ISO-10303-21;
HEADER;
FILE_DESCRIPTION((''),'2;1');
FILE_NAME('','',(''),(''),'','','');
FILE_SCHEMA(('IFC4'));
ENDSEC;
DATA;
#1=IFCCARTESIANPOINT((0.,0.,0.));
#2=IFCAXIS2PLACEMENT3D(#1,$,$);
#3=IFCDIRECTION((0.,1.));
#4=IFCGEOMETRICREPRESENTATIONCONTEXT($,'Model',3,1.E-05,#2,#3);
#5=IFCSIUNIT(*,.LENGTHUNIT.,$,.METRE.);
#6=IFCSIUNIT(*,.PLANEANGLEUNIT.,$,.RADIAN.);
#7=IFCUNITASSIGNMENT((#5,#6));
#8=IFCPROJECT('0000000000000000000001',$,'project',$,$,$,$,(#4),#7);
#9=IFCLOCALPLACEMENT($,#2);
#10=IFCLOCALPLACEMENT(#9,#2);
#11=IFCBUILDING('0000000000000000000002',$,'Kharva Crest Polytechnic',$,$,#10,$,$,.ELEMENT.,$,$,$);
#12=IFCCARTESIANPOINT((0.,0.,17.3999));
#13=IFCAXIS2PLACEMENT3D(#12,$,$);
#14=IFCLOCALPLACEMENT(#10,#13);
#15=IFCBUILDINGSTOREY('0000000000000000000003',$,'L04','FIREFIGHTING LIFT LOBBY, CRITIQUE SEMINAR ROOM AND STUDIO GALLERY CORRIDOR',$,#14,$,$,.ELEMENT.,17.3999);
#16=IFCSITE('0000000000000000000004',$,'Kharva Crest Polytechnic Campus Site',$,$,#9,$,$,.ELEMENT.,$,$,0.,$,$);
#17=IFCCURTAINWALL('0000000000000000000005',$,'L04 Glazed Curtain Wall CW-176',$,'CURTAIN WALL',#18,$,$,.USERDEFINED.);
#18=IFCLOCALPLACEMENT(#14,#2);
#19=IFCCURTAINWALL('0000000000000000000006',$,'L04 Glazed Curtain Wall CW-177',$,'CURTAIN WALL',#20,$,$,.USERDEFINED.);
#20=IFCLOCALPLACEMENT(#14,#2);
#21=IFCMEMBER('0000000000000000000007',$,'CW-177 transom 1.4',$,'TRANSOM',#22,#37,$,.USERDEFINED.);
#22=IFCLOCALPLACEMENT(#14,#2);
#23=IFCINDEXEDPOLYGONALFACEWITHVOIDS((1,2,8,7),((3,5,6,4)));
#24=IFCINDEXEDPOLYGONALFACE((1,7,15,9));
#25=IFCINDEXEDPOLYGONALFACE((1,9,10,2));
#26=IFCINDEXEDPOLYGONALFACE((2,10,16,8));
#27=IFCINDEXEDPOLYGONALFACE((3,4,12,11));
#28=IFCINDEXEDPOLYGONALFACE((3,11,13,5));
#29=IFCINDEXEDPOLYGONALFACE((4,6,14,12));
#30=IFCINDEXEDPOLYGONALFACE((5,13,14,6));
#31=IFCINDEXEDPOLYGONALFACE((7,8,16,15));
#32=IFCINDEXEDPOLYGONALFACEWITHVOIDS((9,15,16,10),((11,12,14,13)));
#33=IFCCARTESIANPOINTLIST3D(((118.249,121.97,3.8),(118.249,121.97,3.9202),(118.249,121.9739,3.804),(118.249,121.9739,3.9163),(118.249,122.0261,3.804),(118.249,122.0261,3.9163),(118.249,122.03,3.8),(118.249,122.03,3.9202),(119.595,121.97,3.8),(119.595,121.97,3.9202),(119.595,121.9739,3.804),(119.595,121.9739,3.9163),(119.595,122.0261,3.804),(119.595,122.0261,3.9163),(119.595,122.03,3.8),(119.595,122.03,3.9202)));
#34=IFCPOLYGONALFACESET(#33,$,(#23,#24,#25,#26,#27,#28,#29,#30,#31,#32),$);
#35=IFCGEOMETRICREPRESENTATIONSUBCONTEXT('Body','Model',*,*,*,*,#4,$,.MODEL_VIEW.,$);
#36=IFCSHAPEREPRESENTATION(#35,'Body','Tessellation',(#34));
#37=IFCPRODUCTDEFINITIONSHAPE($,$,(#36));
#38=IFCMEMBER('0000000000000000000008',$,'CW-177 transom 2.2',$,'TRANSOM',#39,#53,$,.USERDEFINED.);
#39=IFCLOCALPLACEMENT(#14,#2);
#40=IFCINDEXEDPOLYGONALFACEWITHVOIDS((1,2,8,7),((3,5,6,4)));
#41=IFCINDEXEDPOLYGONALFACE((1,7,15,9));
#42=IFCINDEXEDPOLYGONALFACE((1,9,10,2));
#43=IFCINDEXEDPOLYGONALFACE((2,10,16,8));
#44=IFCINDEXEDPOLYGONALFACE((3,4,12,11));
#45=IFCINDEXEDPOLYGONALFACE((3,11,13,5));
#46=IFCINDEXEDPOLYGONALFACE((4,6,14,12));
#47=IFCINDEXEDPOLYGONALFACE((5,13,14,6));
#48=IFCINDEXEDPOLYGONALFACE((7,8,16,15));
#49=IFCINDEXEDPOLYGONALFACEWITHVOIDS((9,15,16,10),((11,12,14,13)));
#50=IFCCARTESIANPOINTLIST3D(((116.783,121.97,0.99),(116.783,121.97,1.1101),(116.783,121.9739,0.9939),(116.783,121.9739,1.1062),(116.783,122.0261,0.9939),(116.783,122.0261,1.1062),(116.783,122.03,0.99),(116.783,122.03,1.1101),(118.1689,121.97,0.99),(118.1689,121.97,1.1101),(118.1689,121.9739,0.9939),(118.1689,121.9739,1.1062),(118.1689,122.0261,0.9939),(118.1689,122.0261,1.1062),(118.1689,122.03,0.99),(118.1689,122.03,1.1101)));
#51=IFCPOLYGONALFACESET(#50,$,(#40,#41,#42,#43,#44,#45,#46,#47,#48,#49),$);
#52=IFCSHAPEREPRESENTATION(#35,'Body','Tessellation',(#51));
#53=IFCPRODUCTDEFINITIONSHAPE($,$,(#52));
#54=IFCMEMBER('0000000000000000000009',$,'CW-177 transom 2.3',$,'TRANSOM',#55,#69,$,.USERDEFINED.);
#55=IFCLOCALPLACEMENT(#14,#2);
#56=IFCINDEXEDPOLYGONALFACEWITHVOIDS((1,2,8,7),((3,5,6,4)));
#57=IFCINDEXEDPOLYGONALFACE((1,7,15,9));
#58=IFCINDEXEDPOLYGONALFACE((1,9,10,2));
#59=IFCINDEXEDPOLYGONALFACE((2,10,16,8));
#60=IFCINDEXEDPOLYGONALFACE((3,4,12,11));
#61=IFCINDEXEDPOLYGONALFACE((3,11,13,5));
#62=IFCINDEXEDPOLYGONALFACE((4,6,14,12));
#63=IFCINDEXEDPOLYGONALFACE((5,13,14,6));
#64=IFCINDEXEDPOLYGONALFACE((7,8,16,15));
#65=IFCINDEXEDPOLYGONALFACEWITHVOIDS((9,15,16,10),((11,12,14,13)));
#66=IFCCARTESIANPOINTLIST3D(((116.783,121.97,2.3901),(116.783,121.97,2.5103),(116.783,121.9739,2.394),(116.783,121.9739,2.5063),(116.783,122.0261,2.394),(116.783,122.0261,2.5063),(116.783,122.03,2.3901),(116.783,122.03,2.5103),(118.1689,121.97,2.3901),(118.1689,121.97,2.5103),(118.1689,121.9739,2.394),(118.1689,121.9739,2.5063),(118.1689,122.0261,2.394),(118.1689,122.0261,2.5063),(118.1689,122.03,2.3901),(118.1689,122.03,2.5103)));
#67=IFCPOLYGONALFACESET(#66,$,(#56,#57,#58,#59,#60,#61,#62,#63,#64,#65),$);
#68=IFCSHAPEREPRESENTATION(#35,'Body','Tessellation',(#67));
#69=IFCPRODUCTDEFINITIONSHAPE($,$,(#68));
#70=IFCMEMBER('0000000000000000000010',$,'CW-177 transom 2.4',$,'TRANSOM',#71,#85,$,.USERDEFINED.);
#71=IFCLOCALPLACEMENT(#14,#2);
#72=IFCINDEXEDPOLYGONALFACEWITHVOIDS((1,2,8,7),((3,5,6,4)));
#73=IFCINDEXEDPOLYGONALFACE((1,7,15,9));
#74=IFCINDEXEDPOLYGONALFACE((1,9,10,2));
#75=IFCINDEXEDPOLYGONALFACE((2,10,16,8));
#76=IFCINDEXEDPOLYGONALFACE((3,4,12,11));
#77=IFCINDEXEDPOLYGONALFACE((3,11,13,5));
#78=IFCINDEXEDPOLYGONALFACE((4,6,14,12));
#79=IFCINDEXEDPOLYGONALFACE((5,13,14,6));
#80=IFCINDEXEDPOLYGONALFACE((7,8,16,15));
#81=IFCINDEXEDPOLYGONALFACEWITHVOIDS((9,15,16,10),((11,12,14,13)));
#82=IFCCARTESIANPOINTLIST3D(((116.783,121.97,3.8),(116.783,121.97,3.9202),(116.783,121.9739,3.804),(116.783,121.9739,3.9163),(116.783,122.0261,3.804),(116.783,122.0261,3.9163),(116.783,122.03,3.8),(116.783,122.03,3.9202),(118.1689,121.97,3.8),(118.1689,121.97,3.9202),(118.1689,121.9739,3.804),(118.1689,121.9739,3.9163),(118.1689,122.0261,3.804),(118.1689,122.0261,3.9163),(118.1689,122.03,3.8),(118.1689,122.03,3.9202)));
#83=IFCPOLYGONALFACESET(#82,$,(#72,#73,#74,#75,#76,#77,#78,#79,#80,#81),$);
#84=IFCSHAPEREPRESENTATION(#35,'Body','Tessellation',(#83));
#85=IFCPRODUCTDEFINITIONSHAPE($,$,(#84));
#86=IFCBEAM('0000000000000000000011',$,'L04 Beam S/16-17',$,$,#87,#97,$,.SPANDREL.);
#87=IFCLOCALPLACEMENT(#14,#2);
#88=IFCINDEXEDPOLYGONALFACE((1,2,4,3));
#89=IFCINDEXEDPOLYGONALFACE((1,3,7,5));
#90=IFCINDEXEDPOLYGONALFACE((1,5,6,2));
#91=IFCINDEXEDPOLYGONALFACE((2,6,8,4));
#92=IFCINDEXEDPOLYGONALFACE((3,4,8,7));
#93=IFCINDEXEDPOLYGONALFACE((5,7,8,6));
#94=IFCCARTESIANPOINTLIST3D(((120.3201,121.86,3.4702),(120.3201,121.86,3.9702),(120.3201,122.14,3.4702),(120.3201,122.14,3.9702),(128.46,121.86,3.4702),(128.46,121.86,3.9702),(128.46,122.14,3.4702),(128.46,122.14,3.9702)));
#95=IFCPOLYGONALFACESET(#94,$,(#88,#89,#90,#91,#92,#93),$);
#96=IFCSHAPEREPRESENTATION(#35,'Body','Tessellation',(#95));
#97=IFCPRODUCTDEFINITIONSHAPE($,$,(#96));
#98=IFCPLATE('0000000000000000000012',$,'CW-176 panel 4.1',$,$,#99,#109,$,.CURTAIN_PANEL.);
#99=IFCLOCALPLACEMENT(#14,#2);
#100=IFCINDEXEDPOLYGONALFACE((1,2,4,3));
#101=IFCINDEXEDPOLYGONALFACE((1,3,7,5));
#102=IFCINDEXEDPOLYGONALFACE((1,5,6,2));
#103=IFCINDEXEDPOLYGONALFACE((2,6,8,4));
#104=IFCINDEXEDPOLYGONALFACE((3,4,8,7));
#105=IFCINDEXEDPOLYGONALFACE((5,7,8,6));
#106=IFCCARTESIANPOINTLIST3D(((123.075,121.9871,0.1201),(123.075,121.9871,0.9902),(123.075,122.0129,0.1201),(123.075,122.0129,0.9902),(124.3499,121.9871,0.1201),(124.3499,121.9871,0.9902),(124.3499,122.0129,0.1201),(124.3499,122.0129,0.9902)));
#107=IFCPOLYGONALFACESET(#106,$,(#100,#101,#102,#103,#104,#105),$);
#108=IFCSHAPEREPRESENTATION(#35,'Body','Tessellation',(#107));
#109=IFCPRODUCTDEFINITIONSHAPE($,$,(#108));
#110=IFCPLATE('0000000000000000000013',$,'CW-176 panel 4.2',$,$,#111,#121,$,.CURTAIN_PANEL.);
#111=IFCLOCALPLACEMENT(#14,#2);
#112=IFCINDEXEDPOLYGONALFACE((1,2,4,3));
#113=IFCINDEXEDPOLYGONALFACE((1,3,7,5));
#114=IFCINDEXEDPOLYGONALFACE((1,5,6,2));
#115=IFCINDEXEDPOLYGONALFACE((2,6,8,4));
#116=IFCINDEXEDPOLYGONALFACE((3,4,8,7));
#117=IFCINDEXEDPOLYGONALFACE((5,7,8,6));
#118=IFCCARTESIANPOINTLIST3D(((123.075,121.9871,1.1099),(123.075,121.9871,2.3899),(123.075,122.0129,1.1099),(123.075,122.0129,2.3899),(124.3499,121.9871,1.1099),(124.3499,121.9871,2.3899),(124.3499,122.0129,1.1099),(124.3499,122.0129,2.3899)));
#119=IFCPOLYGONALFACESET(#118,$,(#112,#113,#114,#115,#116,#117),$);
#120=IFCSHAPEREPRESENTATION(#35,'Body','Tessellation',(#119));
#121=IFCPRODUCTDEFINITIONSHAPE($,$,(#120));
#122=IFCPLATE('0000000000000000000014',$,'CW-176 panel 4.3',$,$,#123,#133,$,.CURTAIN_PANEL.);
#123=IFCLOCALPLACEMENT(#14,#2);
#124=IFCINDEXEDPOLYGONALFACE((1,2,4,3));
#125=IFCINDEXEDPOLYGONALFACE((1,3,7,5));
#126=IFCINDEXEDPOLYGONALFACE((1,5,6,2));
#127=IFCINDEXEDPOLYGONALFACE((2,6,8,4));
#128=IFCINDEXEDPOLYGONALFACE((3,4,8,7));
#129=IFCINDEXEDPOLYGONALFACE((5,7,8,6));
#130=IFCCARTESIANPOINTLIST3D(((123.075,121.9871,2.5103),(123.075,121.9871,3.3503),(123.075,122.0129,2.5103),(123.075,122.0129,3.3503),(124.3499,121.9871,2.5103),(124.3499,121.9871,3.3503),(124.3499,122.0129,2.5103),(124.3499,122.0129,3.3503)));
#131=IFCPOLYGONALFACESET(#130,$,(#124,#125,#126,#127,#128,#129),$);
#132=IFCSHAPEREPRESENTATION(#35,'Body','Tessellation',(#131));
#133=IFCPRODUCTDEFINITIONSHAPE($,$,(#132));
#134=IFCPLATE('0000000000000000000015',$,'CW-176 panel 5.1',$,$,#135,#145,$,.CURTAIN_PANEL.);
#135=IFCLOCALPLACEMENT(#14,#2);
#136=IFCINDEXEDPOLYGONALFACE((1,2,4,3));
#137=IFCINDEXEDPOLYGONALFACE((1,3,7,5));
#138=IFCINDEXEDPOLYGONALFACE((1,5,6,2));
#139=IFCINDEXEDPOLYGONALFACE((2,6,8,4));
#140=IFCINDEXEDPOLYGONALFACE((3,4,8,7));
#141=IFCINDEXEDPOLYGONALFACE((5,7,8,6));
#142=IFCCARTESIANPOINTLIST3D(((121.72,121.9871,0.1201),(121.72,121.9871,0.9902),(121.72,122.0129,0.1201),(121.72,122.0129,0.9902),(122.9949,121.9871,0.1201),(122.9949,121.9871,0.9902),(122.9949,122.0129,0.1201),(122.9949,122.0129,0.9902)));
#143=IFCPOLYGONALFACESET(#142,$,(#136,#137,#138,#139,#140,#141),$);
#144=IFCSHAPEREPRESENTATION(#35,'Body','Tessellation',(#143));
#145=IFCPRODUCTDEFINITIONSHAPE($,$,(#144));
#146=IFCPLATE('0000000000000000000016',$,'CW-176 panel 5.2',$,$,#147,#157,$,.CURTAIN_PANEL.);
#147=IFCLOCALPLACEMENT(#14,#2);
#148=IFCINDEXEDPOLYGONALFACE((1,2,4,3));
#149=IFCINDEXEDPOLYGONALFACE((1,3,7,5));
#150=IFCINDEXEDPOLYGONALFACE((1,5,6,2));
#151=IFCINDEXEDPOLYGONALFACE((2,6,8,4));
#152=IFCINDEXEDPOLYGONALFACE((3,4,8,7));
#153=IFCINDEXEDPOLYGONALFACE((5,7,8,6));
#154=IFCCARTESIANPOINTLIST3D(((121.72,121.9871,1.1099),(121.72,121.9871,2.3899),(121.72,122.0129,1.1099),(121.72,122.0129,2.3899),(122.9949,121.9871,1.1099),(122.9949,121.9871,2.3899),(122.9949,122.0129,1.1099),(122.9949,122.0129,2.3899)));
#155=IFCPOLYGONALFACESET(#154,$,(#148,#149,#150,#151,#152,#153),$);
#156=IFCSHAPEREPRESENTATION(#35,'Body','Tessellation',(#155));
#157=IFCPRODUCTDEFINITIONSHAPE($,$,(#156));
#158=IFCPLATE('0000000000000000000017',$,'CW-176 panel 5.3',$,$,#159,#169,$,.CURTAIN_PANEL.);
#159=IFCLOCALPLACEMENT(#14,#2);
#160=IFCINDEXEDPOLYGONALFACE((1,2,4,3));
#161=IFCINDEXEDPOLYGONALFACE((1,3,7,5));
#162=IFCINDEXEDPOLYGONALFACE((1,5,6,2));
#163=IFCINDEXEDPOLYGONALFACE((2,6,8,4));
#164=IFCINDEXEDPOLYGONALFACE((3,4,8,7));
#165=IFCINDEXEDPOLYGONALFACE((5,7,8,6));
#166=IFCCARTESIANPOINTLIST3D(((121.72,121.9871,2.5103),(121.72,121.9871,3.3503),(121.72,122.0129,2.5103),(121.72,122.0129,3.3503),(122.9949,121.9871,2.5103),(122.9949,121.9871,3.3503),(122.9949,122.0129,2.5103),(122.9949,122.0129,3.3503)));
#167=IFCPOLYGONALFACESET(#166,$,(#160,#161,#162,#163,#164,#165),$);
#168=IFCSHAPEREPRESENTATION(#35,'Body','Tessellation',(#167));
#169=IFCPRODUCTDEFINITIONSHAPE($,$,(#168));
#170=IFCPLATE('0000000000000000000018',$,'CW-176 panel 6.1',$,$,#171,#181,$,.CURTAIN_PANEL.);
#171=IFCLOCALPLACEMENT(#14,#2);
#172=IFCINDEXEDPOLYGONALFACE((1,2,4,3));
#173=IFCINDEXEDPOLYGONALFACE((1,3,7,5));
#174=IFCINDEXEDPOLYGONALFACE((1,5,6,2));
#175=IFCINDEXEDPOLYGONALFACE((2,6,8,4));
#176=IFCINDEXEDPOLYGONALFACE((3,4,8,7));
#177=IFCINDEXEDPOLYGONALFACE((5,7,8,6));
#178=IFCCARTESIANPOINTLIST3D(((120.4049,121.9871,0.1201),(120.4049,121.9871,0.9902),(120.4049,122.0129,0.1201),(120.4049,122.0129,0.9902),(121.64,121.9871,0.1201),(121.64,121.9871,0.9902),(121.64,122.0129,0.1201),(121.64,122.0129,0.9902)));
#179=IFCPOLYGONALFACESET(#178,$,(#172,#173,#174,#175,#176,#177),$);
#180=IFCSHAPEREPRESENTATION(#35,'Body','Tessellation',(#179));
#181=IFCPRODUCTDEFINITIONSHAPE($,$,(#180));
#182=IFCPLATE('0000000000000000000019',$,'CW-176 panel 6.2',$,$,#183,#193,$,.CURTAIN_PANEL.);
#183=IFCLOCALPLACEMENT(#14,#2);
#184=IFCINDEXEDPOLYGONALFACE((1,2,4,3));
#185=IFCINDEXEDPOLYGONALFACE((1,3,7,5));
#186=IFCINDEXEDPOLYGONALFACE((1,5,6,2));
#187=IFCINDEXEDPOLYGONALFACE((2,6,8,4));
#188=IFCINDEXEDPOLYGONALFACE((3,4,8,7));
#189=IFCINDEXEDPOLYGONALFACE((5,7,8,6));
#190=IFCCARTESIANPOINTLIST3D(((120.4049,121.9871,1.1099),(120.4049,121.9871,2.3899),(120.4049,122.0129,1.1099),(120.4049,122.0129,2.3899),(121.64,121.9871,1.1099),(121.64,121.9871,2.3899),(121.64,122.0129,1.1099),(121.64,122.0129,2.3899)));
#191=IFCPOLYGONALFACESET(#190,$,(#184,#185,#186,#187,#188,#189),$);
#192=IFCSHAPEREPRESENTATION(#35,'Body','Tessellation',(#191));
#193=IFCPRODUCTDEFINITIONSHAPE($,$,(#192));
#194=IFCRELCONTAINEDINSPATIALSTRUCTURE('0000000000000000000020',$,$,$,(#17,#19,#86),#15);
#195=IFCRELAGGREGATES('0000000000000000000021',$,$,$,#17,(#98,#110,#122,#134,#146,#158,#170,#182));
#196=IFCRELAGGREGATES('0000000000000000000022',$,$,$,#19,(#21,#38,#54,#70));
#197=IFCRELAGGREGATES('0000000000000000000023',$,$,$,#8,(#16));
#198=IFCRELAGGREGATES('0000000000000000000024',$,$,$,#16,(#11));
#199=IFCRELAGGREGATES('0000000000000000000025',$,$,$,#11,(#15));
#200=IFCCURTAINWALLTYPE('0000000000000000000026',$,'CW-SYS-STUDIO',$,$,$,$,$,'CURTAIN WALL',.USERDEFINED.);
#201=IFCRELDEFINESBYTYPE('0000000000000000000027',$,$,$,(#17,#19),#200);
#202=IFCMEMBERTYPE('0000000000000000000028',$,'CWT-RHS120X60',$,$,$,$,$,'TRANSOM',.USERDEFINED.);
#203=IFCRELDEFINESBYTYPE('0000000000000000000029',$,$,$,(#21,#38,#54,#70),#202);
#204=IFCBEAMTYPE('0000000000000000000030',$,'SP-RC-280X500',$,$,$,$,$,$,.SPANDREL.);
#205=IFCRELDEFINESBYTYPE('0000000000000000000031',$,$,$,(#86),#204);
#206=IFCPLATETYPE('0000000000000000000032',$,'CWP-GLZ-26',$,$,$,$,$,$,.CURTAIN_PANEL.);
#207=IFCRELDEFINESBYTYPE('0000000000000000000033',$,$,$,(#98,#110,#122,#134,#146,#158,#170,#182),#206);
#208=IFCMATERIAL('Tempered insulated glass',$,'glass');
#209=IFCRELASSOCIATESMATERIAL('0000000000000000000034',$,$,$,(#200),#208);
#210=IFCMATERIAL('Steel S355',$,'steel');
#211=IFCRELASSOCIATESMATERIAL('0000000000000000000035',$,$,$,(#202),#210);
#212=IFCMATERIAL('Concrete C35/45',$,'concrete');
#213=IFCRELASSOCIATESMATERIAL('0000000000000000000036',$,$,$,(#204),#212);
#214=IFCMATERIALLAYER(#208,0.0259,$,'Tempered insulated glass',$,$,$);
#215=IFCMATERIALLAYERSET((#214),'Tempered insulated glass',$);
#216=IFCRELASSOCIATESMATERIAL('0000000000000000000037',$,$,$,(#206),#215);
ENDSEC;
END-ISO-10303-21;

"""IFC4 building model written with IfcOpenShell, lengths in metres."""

from ifc_helpers import new_model, si_unit, direction, frame, origin, origin_2d, place, context, subcontext, project, spatial, rectangle, hollow_rectangle, extrude, material, layer, layer_set, material_profile, profile_set, type_object, element, aggregate, save


model = new_model("IFC4")

# Units and contexts
model_context = context("Model", 3, precision=1e-05, world=origin(), true_north=direction((0.0, 1.0)))
body_context = subcontext(model_context, "Body", "Model", "MODEL_VIEW")
ifc_project = project(units=[si_unit("LENGTHUNIT", "METRE"), si_unit("PLANEANGLEUNIT", "RADIAN")], contexts=[model_context])

# Site, building, storey
site_placement = place(None, origin())
site = spatial("IfcSite", under=ifc_project, at=site_placement, Name="Kharva Crest Polytechnic Campus Site", CompositionType="ELEMENT", RefElevation=0.0)
building_placement = place(site_placement, origin())
building = spatial("IfcBuilding", under=site, at=building_placement, Name="Kharva Crest Polytechnic", CompositionType="ELEMENT")
storey_placement = place(building_placement, frame((0.0, 0.0, 17.3999)))
storey = spatial("IfcBuildingStorey", under=building, at=storey_placement, Name="L04", Description="FIREFIGHTING LIFT LOBBY, CRITIQUE SEMINAR ROOM AND STUDIO GALLERY CORRIDOR", CompositionType="ELEMENT", Elevation=17.3999)

# Curtain walls
ifc_material_1 = material(Name="Tempered insulated glass", Category="glass")
curtain_wall_type = type_object("IfcCurtainWallType", Name="CW-SYS-STUDIO", ElementType="CURTAIN WALL", PredefinedType="USERDEFINED", material=ifc_material_1)
curtain_wall_1_placement = place(storey_placement, origin())
curtain_wall_1 = element("IfcCurtainWall", 1, at=curtain_wall_1_placement, inside=storey, type_object=curtain_wall_type, Name="L04 Glazed Curtain Wall CW-176", ObjectType="CURTAIN WALL", PredefinedType="USERDEFINED")
ifc_material_2 = material(Name="Steel S355", Category="steel")
curtain_wall_2_placement = place(storey_placement, origin())
curtain_wall_2 = element("IfcCurtainWall", 2, at=curtain_wall_2_placement, inside=storey, type_object=curtain_wall_type, Name="L04 Glazed Curtain Wall CW-177", ObjectType="CURTAIN WALL", PredefinedType="USERDEFINED")

# Members
ifc_material_profile_1 = material_profile(ifc_material_2, hollow_rectangle(XDim=0.0601, YDim=0.1201, WallThickness=0.0039, at=origin_2d()), Name="RHS 120X60X4.0")
ifc_profile_set_1 = profile_set([ifc_material_profile_1], Name="Steel S355")
member_type_1 = type_object("IfcMemberType", Name="CWT-RHS120X60", ElementType="TRANSOM", PredefinedType="USERDEFINED", material=ifc_profile_set_1)
member_1_placement = place(storey_placement, frame((119.595, 122.0, 3.8601), z_axis=(-1.0, 0.0, 0.0), x_axis=(0.0, -1.0, 0.0)))
member_1 = element("IfcMember", 3, at=member_1_placement, type_object=member_type_1, Name="CW-177 transom 1.4", ObjectType="TRANSOM", PredefinedType="USERDEFINED", context=body_context, shape_type="SweptSolid", body=[
    extrude(hollow_rectangle(XDim=0.0601, YDim=0.1201, WallThickness=0.0039, at=origin_2d()), origin(), (0.0, 0.0, 1.0), 1.3459),
])
member_2_placement = place(storey_placement, frame((118.1689, 122.0, 1.05), z_axis=(-1.0, 0.0, 0.0), x_axis=(0.0, -1.0, 0.0)))
member_2 = element("IfcMember", 4, at=member_2_placement, type_object=member_type_1, Name="CW-177 transom 2.2", ObjectType="TRANSOM", PredefinedType="USERDEFINED", context=body_context, shape_type="SweptSolid", body=[
    extrude(hollow_rectangle(XDim=0.0601, YDim=0.1201, WallThickness=0.0039, at=origin_2d()), origin(), (0.0, 0.0, 1.0), 1.386),
])
member_3_placement = place(storey_placement, frame((118.1689, 122.0, 2.4502), z_axis=(-1.0, 0.0, 0.0), x_axis=(0.0, -1.0, 0.0)))
member_3 = element("IfcMember", 5, at=member_3_placement, type_object=member_type_1, Name="CW-177 transom 2.3", ObjectType="TRANSOM", PredefinedType="USERDEFINED", context=body_context, shape_type="SweptSolid", body=[
    extrude(hollow_rectangle(XDim=0.0601, YDim=0.1201, WallThickness=0.0039, at=origin_2d()), origin(), (0.0, 0.0, 1.0), 1.386),
])
member_4_placement = place(storey_placement, frame((118.1689, 122.0, 3.8601), z_axis=(-1.0, 0.0, 0.0), x_axis=(0.0, -1.0, 0.0)))
member_4 = element("IfcMember", 6, at=member_4_placement, type_object=member_type_1, Name="CW-177 transom 2.4", ObjectType="TRANSOM", PredefinedType="USERDEFINED", context=body_context, shape_type="SweptSolid", body=[
    extrude(hollow_rectangle(XDim=0.0601, YDim=0.1201, WallThickness=0.0039, at=origin_2d()), origin(), (0.0, 0.0, 1.0), 1.386),
])

# Beam
ifc_material_3 = material(Name="Concrete C35/45", Category="concrete")
ifc_material_profile_2 = material_profile(ifc_material_3, rectangle(XDim=0.28, YDim=0.5, at=origin_2d()), Name="RECT 280 X 500")
ifc_profile_set_2 = profile_set([ifc_material_profile_2], Name="Concrete C35/45")
beam_type = type_object("IfcBeamType", Name="SP-RC-280X500", PredefinedType="SPANDREL", material=ifc_profile_set_2)
beam_placement = place(storey_placement, frame((120.3201, 122.0, 3.7202), z_axis=(1.0, 0.0, 0.0), x_axis=(0.0, 1.0, 0.0)))
element("IfcBeam", 7, at=beam_placement, inside=storey, type_object=beam_type, Name="L04 Beam S/16-17", PredefinedType="SPANDREL", context=body_context, shape_type="SweptSolid", body=[
    extrude(rectangle(XDim=0.28, YDim=0.5, at=origin_2d()), origin(), (0.0, 0.0, 1.0), 8.1399),
])

# Plates
ifc_layer = layer(ifc_material_1, 0.0259, Name="Tempered insulated glass")
ifc_layer_set = layer_set([ifc_layer], Name="Tempered insulated glass")
plate_type = type_object("IfcPlateType", Name="CWP-GLZ-26", PredefinedType="CURTAIN_PANEL", material=ifc_layer_set)
plate_1_placement = place(storey_placement, frame((123.7124, 122.0, 0.1201), z_axis=(0.0, 0.0, 1.0), x_axis=(-1.0, 0.0, 0.0)))
plate_1 = element("IfcPlate", 8, at=plate_1_placement, type_object=plate_type, Name="CW-176 panel 4.1", PredefinedType="CURTAIN_PANEL", context=body_context, shape_type="SweptSolid", body=[
    extrude(rectangle(XDim=1.2749, YDim=0.0259, at=origin_2d()), origin(), (0.0, 0.0, 1.0), 0.8701),
])
plate_2_placement = place(storey_placement, frame((123.7124, 122.0, 1.1099), z_axis=(0.0, 0.0, 1.0), x_axis=(-1.0, 0.0, 0.0)))
plate_2 = element("IfcPlate", 9, at=plate_2_placement, type_object=plate_type, Name="CW-176 panel 4.2", PredefinedType="CURTAIN_PANEL", context=body_context, shape_type="SweptSolid", body=[
    extrude(rectangle(XDim=1.2749, YDim=0.0259, at=origin_2d()), origin(), (0.0, 0.0, 1.0), 1.28),
])
plate_3_placement = place(storey_placement, frame((123.7124, 122.0, 2.5103), z_axis=(0.0, 0.0, 1.0), x_axis=(-1.0, 0.0, 0.0)))
plate_3 = element("IfcPlate", 10, at=plate_3_placement, type_object=plate_type, Name="CW-176 panel 4.3", PredefinedType="CURTAIN_PANEL", context=body_context, shape_type="SweptSolid", body=[
    extrude(rectangle(XDim=1.2749, YDim=0.0259, at=origin_2d()), origin(), (0.0, 0.0, 1.0), 0.8401),
])
plate_4_placement = place(storey_placement, frame((122.3574, 122.0, 0.1201), z_axis=(0.0, 0.0, 1.0), x_axis=(-1.0, 0.0, 0.0)))
plate_4 = element("IfcPlate", 11, at=plate_4_placement, type_object=plate_type, Name="CW-176 panel 5.1", PredefinedType="CURTAIN_PANEL", context=body_context, shape_type="SweptSolid", body=[
    extrude(rectangle(XDim=1.2749, YDim=0.0259, at=origin_2d()), origin(), (0.0, 0.0, 1.0), 0.8701),
])
plate_5_placement = place(storey_placement, frame((122.3574, 122.0, 1.1099), z_axis=(0.0, 0.0, 1.0), x_axis=(-1.0, 0.0, 0.0)))
plate_5 = element("IfcPlate", 12, at=plate_5_placement, type_object=plate_type, Name="CW-176 panel 5.2", PredefinedType="CURTAIN_PANEL", context=body_context, shape_type="SweptSolid", body=[
    extrude(rectangle(XDim=1.2749, YDim=0.0259, at=origin_2d()), origin(), (0.0, 0.0, 1.0), 1.28),
])
plate_6_placement = place(storey_placement, frame((122.3574, 122.0, 2.5103), z_axis=(0.0, 0.0, 1.0), x_axis=(-1.0, 0.0, 0.0)))
plate_6 = element("IfcPlate", 13, at=plate_6_placement, type_object=plate_type, Name="CW-176 panel 5.3", PredefinedType="CURTAIN_PANEL", context=body_context, shape_type="SweptSolid", body=[
    extrude(rectangle(XDim=1.2749, YDim=0.0259, at=origin_2d()), origin(), (0.0, 0.0, 1.0), 0.8401),
])
plate_7_placement = place(storey_placement, frame((121.0225, 122.0, 0.1201), z_axis=(0.0, 0.0, 1.0), x_axis=(-1.0, 0.0, 0.0)))
plate_7 = element("IfcPlate", 14, at=plate_7_placement, type_object=plate_type, Name="CW-176 panel 6.1", PredefinedType="CURTAIN_PANEL", context=body_context, shape_type="SweptSolid", body=[
    extrude(rectangle(XDim=1.2351, YDim=0.0259, at=origin_2d()), origin(), (0.0, 0.0, 1.0), 0.8701),
])
plate_8_placement = place(storey_placement, frame((121.0225, 122.0, 1.1099), z_axis=(0.0, 0.0, 1.0), x_axis=(-1.0, 0.0, 0.0)))
plate_8 = element("IfcPlate", 15, at=plate_8_placement, type_object=plate_type, Name="CW-176 panel 6.2", PredefinedType="CURTAIN_PANEL", context=body_context, shape_type="SweptSolid", body=[
    extrude(rectangle(XDim=1.2351, YDim=0.0259, at=origin_2d()), origin(), (0.0, 0.0, 1.0), 1.28),
])
aggregate(curtain_wall_1, [plate_1, plate_2, plate_3, plate_4, plate_5, plate_6, plate_7, plate_8])
aggregate(curtain_wall_2, [member_1, member_2, member_3, member_4])

save(model, "model.ifc")
